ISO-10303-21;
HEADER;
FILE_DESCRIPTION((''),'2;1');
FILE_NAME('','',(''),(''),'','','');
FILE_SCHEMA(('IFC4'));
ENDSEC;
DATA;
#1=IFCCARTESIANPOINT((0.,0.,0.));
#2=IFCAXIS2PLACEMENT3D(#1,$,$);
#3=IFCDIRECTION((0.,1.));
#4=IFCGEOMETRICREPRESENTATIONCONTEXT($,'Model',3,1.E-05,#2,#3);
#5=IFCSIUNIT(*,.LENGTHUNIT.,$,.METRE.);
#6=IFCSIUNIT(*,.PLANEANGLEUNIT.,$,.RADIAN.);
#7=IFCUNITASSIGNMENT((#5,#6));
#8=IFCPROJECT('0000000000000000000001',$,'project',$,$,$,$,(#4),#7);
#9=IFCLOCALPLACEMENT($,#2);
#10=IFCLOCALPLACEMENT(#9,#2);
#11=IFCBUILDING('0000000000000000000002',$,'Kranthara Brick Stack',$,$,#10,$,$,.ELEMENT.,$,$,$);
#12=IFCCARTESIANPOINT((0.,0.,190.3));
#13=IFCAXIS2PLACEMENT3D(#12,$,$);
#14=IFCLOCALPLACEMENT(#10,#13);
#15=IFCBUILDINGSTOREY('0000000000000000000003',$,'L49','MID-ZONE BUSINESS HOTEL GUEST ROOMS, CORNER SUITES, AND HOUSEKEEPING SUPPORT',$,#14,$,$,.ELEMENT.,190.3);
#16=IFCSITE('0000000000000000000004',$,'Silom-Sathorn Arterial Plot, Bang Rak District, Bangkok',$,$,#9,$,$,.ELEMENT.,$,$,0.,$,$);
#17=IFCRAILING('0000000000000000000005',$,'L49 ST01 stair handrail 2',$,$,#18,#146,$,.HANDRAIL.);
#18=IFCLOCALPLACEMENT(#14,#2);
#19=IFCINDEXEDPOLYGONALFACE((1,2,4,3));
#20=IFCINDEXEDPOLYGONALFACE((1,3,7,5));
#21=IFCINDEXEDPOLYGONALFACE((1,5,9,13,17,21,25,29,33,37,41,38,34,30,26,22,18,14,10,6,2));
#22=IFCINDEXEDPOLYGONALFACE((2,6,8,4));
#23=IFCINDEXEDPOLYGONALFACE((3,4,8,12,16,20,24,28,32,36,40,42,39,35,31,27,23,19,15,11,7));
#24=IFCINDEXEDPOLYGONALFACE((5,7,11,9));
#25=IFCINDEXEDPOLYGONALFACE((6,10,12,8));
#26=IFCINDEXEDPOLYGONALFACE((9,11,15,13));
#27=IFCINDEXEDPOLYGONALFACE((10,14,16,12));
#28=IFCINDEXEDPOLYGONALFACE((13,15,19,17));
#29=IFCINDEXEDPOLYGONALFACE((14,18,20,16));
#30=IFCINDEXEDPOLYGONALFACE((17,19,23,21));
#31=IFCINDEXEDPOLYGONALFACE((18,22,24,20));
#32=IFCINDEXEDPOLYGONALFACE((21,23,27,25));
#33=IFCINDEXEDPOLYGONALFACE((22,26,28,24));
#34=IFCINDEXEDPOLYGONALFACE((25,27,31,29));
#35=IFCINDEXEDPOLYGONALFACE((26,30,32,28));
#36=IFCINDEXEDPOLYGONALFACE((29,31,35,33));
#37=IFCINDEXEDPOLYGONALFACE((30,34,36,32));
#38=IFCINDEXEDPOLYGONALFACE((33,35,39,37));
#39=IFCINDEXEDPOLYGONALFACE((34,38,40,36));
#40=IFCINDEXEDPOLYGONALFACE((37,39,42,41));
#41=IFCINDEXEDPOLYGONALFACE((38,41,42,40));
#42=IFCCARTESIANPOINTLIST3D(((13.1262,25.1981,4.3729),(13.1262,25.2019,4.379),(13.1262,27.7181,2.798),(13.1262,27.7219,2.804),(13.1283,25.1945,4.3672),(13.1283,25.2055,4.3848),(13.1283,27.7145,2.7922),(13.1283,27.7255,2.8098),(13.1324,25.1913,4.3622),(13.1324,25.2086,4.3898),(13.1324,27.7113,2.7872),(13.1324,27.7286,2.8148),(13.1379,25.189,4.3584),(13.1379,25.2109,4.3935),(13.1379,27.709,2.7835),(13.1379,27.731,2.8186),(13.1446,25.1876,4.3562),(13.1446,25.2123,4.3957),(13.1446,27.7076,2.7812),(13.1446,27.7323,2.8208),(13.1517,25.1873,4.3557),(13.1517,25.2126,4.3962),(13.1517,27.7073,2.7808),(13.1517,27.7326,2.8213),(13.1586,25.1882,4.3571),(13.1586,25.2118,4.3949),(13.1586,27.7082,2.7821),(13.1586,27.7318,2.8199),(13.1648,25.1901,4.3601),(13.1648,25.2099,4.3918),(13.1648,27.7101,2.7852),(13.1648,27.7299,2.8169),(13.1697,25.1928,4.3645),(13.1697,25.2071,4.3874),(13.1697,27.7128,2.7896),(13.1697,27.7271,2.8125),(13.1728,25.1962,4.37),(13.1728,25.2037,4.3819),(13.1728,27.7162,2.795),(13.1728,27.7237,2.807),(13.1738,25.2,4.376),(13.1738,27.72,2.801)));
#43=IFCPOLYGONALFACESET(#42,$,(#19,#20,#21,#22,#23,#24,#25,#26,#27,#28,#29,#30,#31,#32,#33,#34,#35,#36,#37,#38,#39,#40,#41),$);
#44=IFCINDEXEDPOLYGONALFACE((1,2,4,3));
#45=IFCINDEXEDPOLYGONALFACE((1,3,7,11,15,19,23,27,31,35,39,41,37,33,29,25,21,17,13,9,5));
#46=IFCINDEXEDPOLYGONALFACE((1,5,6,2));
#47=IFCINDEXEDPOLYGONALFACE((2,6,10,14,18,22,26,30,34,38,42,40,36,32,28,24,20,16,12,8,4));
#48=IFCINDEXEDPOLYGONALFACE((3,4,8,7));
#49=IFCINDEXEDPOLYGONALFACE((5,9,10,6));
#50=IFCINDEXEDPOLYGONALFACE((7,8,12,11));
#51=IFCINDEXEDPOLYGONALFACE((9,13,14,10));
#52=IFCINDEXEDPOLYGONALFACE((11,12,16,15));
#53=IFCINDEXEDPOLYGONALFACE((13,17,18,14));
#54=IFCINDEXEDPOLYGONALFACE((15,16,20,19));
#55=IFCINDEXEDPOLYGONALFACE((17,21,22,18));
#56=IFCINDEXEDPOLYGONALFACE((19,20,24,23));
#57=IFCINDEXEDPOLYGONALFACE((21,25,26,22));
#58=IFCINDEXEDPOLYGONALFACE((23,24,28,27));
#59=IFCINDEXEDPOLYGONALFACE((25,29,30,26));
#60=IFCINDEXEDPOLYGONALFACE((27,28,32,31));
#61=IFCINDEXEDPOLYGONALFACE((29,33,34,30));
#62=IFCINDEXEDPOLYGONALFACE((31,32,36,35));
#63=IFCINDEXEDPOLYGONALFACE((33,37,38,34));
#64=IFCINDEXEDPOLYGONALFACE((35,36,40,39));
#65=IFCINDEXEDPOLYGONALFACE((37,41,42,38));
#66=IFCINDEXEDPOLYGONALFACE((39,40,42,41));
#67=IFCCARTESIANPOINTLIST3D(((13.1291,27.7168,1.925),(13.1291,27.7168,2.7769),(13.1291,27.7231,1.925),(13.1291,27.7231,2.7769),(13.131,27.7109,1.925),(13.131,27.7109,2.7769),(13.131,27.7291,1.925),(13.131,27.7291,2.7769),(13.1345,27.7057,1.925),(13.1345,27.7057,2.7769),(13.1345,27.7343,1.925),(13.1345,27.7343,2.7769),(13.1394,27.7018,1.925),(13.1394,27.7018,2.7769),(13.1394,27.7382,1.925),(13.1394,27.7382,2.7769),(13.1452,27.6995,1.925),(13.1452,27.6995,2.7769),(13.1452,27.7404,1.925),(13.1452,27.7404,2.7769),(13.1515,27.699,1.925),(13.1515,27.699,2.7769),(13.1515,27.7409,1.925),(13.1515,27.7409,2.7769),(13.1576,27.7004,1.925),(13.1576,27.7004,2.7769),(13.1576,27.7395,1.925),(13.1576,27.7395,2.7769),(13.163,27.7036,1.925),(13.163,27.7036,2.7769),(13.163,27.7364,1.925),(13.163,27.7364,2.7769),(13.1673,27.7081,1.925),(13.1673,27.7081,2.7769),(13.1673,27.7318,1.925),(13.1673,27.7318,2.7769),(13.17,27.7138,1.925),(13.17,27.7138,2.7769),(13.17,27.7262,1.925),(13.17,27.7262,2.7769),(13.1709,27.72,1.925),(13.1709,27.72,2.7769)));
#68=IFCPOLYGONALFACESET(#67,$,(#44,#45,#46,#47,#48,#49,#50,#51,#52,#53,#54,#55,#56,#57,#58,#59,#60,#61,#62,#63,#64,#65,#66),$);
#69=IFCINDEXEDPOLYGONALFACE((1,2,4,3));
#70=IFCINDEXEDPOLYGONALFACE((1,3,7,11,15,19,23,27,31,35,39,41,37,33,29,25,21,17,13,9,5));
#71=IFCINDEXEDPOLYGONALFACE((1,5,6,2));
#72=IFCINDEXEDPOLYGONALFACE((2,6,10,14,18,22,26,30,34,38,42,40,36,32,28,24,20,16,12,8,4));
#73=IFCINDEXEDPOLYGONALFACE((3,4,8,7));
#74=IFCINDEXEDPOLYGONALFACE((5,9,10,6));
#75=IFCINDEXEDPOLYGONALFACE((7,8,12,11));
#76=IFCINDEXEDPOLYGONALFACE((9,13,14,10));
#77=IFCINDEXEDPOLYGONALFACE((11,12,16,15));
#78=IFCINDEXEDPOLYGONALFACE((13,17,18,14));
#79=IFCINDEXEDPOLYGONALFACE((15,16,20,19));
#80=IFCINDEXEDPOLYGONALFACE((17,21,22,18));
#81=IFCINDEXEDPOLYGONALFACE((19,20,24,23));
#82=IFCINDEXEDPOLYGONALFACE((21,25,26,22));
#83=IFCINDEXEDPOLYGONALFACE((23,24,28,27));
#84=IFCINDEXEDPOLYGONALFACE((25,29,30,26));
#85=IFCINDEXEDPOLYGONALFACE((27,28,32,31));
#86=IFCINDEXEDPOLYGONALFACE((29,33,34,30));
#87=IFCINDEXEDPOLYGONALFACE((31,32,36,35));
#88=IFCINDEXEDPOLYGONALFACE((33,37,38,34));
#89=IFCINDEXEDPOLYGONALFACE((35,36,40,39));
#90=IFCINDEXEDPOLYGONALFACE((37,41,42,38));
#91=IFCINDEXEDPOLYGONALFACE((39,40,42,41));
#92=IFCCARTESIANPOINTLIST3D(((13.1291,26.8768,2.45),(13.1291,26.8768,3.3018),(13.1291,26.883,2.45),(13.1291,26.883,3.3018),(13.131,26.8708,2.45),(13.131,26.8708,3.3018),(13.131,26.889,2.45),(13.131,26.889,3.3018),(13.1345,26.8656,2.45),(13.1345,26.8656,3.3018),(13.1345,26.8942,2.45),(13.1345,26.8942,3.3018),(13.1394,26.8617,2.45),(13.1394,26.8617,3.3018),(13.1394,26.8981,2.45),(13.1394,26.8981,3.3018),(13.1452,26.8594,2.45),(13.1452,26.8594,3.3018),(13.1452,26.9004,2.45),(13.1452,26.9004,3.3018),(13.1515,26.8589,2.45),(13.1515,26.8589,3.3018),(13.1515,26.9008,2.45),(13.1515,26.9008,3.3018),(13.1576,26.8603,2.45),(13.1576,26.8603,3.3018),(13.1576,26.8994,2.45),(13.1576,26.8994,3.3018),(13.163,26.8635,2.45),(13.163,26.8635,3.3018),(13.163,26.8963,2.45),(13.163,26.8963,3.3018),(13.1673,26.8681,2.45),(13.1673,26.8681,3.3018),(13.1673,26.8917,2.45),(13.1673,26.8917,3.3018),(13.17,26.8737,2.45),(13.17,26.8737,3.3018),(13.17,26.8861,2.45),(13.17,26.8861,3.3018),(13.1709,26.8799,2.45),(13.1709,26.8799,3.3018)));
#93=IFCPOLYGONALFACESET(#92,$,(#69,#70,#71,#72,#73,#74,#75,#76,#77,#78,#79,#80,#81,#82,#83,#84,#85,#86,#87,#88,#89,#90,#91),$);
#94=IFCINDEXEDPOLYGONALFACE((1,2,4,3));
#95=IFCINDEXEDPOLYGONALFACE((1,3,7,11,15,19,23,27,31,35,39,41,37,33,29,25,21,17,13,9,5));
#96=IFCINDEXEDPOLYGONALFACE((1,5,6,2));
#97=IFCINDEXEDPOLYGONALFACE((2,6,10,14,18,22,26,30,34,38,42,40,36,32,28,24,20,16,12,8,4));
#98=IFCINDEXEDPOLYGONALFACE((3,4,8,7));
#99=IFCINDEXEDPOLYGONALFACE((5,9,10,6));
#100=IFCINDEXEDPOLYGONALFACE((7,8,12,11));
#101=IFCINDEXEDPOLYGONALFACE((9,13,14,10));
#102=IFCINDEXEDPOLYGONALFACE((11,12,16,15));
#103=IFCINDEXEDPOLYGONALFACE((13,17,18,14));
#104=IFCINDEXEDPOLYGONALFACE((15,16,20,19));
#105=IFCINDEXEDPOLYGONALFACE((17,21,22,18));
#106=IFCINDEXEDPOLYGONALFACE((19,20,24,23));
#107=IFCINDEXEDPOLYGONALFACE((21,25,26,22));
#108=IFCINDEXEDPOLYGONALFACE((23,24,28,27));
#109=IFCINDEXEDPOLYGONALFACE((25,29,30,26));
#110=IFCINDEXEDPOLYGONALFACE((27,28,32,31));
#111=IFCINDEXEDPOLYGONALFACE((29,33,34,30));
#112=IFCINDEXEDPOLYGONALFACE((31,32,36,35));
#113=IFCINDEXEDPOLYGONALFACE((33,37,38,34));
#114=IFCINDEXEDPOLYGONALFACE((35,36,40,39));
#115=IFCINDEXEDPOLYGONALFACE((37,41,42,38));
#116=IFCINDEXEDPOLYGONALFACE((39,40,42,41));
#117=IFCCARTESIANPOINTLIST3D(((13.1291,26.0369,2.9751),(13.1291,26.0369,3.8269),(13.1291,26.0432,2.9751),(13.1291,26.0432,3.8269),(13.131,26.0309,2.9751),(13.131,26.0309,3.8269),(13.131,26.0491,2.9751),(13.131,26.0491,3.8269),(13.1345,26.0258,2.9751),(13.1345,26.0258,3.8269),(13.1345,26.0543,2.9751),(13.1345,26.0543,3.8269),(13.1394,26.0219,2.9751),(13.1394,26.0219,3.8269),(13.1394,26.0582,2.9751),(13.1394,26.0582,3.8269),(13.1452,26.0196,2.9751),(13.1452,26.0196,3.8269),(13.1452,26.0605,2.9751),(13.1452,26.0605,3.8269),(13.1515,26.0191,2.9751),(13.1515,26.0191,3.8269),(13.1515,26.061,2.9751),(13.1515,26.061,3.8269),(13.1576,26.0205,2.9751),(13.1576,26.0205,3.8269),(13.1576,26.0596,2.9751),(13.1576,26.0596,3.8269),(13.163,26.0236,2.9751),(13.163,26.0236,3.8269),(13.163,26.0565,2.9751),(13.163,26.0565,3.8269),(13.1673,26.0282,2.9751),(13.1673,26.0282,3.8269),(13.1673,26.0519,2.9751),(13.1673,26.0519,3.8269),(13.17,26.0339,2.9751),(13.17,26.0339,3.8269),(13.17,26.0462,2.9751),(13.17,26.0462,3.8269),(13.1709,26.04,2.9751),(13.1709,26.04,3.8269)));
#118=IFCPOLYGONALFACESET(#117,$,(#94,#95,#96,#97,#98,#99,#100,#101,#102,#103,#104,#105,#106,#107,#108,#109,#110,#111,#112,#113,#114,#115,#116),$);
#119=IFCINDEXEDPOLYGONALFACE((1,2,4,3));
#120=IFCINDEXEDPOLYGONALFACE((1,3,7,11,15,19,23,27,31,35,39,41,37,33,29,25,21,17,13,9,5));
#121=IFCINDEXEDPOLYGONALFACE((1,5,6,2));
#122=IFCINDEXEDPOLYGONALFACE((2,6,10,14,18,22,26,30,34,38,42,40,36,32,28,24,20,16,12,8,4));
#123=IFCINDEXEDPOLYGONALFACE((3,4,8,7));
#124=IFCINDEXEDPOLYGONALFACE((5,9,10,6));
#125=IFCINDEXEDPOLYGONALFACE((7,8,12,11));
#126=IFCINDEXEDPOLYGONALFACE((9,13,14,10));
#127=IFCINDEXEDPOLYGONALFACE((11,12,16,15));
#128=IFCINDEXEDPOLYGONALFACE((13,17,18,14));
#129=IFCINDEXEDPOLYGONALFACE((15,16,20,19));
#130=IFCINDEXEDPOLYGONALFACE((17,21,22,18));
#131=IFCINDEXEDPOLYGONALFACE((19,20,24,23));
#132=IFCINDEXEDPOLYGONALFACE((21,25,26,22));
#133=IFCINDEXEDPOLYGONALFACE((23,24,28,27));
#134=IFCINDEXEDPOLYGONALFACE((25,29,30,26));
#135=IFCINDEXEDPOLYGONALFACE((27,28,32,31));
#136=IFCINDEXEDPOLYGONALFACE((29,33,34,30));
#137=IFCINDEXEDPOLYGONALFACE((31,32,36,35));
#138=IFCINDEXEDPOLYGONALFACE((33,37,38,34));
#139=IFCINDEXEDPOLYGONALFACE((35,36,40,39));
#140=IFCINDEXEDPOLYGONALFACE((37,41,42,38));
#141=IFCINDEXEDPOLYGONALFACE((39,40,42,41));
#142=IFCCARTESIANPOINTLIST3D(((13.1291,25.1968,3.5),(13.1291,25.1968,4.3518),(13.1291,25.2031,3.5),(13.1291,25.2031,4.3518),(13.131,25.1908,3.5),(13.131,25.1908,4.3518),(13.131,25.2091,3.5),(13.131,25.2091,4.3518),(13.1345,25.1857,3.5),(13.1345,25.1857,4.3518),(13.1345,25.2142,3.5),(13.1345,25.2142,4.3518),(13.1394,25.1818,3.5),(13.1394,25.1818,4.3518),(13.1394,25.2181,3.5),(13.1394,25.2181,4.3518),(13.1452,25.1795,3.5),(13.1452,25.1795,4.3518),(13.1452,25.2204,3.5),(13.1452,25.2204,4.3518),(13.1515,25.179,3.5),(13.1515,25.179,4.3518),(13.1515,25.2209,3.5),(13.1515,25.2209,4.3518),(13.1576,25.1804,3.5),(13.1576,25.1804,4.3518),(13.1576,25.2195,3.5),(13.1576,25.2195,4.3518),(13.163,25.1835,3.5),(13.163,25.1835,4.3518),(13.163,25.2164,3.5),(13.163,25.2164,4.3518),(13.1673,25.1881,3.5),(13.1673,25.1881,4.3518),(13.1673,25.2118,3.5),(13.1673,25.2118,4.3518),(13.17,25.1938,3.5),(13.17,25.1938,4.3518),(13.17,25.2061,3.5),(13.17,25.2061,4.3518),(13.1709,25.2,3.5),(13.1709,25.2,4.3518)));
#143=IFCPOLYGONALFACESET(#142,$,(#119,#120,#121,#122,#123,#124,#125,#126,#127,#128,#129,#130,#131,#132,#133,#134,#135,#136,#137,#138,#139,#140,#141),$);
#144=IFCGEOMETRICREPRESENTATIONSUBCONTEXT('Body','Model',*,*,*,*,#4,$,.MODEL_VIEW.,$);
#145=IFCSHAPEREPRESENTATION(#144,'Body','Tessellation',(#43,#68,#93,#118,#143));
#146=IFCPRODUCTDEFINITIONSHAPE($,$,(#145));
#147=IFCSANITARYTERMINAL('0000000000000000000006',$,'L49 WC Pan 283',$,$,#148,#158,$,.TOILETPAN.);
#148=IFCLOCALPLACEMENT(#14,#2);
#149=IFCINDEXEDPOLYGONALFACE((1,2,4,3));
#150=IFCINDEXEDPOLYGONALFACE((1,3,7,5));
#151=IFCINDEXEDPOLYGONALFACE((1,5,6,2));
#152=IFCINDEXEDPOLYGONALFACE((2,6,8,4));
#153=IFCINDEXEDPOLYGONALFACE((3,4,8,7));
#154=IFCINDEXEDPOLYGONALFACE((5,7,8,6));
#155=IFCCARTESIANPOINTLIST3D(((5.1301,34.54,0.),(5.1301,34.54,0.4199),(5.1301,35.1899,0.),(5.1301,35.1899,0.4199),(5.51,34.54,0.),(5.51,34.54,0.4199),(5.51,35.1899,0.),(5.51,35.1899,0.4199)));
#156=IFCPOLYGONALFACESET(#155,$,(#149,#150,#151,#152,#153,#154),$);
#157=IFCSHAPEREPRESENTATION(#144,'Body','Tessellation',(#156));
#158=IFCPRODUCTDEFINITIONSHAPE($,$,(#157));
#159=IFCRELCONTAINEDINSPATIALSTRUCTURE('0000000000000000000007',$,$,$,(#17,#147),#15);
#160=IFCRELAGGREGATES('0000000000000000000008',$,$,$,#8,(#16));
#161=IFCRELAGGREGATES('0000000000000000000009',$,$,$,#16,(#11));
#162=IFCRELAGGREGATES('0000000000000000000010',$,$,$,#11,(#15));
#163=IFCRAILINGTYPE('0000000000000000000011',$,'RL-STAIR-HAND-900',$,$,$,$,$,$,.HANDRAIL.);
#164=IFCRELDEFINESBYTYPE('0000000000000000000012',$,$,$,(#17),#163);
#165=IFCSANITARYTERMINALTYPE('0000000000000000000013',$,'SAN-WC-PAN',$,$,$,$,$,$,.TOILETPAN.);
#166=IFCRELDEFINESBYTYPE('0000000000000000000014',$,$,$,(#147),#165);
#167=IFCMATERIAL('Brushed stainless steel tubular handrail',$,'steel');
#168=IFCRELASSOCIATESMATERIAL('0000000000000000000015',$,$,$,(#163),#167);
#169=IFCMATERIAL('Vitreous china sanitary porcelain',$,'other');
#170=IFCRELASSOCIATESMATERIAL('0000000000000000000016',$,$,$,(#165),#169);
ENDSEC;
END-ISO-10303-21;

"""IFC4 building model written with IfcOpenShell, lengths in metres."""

from ifc_helpers import new_model, si_unit, direction, frame, origin, origin_2d, place, context, subcontext, project, spatial, rectangle, circle, extrude, material, type_object, element, save


model = new_model("IFC4")

# Units and contexts
model_context = context("Model", 3, precision=1e-05, world=origin(), true_north=direction((0.0, 1.0)))
body_context = subcontext(model_context, "Body", "Model", "MODEL_VIEW")
ifc_project = project(units=[si_unit("LENGTHUNIT", "METRE"), si_unit("PLANEANGLEUNIT", "RADIAN")], contexts=[model_context])

# Site, building, storey
site_placement = place(None, origin())
site = spatial("IfcSite", under=ifc_project, at=site_placement, Name="Silom-Sathorn Arterial Plot, Bang Rak District, Bangkok", CompositionType="ELEMENT", RefElevation=0.0)
building_placement = place(site_placement, origin())
building = spatial("IfcBuilding", under=site, at=building_placement, Name="Kranthara Brick Stack", CompositionType="ELEMENT")
storey_placement = place(building_placement, frame((0.0, 0.0, 190.3)))
storey = spatial("IfcBuildingStorey", under=building, at=storey_placement, Name="L49", Description="MID-ZONE BUSINESS HOTEL GUEST ROOMS, CORNER SUITES, AND HOUSEKEEPING SUPPORT", CompositionType="ELEMENT", Elevation=190.3)

# Railing
ifc_material_1 = material(Name="Brushed stainless steel tubular handrail", Category="steel")
railing_type_1 = type_object("IfcRailingType", Name="RL-STAIR-HAND-900", PredefinedType="HANDRAIL", material=ifc_material_1)
railing_1_placement = place(storey_placement, frame((13.1499, 27.72, 1.925)))
element("IfcRailing", 1, at=railing_1_placement, inside=storey, type_object=railing_type_1, Name="L49 ST01 stair handrail 2", PredefinedType="HANDRAIL", context=body_context, shape_type="SweptSolid", body=[
    extrude(circle(Radius=0.0239, at=origin_2d()), frame((0.0, 0.0, 0.876), z_axis=(0.0, -0.848008, 0.529984), x_axis=(1.0, 0.0, 0.0)), (0.0, 0.0, 1.0), 2.9717),
    extrude(circle(Radius=0.021, at=origin_2d()), origin(), (0.0, 0.0, 1.0), 0.8518),
    extrude(circle(Radius=0.021, at=origin_2d()), frame((0.0, -0.8401, 0.5249)), (0.0, 0.0, 1.0), 0.8518),
    extrude(circle(Radius=0.021, at=origin_2d()), frame((0.0, -1.6799, 1.05)), (0.0, 0.0, 1.0), 0.8518),
    extrude(circle(Radius=0.021, at=origin_2d()), frame((0.0, -2.52, 1.575)), (0.0, 0.0, 1.0), 0.8518),
])

# Sanitary terminal
ifc_material_2 = material(Name="Vitreous china sanitary porcelain", Category="other")
sanitary_terminal_type = type_object("IfcSanitaryTerminalType", Name="SAN-WC-PAN", PredefinedType="TOILETPAN", material=ifc_material_2)
sanitary_terminal_placement = place(storey_placement, frame((5.3201, 34.865, 0.0), z_axis=(0.0, 0.0, 1.0), x_axis=(1.0, 0.0, 0.0)))
element("IfcSanitaryTerminal", 2, at=sanitary_terminal_placement, inside=storey, type_object=sanitary_terminal_type, Name="L49 WC Pan 283", PredefinedType="TOILETPAN", context=body_context, shape_type="SweptSolid", body=[
    extrude(rectangle(XDim=0.3799, YDim=0.6499, at=origin_2d()), origin(), (0.0, 0.0, 1.0), 0.4199),
])

save(model, "model.ifc")
